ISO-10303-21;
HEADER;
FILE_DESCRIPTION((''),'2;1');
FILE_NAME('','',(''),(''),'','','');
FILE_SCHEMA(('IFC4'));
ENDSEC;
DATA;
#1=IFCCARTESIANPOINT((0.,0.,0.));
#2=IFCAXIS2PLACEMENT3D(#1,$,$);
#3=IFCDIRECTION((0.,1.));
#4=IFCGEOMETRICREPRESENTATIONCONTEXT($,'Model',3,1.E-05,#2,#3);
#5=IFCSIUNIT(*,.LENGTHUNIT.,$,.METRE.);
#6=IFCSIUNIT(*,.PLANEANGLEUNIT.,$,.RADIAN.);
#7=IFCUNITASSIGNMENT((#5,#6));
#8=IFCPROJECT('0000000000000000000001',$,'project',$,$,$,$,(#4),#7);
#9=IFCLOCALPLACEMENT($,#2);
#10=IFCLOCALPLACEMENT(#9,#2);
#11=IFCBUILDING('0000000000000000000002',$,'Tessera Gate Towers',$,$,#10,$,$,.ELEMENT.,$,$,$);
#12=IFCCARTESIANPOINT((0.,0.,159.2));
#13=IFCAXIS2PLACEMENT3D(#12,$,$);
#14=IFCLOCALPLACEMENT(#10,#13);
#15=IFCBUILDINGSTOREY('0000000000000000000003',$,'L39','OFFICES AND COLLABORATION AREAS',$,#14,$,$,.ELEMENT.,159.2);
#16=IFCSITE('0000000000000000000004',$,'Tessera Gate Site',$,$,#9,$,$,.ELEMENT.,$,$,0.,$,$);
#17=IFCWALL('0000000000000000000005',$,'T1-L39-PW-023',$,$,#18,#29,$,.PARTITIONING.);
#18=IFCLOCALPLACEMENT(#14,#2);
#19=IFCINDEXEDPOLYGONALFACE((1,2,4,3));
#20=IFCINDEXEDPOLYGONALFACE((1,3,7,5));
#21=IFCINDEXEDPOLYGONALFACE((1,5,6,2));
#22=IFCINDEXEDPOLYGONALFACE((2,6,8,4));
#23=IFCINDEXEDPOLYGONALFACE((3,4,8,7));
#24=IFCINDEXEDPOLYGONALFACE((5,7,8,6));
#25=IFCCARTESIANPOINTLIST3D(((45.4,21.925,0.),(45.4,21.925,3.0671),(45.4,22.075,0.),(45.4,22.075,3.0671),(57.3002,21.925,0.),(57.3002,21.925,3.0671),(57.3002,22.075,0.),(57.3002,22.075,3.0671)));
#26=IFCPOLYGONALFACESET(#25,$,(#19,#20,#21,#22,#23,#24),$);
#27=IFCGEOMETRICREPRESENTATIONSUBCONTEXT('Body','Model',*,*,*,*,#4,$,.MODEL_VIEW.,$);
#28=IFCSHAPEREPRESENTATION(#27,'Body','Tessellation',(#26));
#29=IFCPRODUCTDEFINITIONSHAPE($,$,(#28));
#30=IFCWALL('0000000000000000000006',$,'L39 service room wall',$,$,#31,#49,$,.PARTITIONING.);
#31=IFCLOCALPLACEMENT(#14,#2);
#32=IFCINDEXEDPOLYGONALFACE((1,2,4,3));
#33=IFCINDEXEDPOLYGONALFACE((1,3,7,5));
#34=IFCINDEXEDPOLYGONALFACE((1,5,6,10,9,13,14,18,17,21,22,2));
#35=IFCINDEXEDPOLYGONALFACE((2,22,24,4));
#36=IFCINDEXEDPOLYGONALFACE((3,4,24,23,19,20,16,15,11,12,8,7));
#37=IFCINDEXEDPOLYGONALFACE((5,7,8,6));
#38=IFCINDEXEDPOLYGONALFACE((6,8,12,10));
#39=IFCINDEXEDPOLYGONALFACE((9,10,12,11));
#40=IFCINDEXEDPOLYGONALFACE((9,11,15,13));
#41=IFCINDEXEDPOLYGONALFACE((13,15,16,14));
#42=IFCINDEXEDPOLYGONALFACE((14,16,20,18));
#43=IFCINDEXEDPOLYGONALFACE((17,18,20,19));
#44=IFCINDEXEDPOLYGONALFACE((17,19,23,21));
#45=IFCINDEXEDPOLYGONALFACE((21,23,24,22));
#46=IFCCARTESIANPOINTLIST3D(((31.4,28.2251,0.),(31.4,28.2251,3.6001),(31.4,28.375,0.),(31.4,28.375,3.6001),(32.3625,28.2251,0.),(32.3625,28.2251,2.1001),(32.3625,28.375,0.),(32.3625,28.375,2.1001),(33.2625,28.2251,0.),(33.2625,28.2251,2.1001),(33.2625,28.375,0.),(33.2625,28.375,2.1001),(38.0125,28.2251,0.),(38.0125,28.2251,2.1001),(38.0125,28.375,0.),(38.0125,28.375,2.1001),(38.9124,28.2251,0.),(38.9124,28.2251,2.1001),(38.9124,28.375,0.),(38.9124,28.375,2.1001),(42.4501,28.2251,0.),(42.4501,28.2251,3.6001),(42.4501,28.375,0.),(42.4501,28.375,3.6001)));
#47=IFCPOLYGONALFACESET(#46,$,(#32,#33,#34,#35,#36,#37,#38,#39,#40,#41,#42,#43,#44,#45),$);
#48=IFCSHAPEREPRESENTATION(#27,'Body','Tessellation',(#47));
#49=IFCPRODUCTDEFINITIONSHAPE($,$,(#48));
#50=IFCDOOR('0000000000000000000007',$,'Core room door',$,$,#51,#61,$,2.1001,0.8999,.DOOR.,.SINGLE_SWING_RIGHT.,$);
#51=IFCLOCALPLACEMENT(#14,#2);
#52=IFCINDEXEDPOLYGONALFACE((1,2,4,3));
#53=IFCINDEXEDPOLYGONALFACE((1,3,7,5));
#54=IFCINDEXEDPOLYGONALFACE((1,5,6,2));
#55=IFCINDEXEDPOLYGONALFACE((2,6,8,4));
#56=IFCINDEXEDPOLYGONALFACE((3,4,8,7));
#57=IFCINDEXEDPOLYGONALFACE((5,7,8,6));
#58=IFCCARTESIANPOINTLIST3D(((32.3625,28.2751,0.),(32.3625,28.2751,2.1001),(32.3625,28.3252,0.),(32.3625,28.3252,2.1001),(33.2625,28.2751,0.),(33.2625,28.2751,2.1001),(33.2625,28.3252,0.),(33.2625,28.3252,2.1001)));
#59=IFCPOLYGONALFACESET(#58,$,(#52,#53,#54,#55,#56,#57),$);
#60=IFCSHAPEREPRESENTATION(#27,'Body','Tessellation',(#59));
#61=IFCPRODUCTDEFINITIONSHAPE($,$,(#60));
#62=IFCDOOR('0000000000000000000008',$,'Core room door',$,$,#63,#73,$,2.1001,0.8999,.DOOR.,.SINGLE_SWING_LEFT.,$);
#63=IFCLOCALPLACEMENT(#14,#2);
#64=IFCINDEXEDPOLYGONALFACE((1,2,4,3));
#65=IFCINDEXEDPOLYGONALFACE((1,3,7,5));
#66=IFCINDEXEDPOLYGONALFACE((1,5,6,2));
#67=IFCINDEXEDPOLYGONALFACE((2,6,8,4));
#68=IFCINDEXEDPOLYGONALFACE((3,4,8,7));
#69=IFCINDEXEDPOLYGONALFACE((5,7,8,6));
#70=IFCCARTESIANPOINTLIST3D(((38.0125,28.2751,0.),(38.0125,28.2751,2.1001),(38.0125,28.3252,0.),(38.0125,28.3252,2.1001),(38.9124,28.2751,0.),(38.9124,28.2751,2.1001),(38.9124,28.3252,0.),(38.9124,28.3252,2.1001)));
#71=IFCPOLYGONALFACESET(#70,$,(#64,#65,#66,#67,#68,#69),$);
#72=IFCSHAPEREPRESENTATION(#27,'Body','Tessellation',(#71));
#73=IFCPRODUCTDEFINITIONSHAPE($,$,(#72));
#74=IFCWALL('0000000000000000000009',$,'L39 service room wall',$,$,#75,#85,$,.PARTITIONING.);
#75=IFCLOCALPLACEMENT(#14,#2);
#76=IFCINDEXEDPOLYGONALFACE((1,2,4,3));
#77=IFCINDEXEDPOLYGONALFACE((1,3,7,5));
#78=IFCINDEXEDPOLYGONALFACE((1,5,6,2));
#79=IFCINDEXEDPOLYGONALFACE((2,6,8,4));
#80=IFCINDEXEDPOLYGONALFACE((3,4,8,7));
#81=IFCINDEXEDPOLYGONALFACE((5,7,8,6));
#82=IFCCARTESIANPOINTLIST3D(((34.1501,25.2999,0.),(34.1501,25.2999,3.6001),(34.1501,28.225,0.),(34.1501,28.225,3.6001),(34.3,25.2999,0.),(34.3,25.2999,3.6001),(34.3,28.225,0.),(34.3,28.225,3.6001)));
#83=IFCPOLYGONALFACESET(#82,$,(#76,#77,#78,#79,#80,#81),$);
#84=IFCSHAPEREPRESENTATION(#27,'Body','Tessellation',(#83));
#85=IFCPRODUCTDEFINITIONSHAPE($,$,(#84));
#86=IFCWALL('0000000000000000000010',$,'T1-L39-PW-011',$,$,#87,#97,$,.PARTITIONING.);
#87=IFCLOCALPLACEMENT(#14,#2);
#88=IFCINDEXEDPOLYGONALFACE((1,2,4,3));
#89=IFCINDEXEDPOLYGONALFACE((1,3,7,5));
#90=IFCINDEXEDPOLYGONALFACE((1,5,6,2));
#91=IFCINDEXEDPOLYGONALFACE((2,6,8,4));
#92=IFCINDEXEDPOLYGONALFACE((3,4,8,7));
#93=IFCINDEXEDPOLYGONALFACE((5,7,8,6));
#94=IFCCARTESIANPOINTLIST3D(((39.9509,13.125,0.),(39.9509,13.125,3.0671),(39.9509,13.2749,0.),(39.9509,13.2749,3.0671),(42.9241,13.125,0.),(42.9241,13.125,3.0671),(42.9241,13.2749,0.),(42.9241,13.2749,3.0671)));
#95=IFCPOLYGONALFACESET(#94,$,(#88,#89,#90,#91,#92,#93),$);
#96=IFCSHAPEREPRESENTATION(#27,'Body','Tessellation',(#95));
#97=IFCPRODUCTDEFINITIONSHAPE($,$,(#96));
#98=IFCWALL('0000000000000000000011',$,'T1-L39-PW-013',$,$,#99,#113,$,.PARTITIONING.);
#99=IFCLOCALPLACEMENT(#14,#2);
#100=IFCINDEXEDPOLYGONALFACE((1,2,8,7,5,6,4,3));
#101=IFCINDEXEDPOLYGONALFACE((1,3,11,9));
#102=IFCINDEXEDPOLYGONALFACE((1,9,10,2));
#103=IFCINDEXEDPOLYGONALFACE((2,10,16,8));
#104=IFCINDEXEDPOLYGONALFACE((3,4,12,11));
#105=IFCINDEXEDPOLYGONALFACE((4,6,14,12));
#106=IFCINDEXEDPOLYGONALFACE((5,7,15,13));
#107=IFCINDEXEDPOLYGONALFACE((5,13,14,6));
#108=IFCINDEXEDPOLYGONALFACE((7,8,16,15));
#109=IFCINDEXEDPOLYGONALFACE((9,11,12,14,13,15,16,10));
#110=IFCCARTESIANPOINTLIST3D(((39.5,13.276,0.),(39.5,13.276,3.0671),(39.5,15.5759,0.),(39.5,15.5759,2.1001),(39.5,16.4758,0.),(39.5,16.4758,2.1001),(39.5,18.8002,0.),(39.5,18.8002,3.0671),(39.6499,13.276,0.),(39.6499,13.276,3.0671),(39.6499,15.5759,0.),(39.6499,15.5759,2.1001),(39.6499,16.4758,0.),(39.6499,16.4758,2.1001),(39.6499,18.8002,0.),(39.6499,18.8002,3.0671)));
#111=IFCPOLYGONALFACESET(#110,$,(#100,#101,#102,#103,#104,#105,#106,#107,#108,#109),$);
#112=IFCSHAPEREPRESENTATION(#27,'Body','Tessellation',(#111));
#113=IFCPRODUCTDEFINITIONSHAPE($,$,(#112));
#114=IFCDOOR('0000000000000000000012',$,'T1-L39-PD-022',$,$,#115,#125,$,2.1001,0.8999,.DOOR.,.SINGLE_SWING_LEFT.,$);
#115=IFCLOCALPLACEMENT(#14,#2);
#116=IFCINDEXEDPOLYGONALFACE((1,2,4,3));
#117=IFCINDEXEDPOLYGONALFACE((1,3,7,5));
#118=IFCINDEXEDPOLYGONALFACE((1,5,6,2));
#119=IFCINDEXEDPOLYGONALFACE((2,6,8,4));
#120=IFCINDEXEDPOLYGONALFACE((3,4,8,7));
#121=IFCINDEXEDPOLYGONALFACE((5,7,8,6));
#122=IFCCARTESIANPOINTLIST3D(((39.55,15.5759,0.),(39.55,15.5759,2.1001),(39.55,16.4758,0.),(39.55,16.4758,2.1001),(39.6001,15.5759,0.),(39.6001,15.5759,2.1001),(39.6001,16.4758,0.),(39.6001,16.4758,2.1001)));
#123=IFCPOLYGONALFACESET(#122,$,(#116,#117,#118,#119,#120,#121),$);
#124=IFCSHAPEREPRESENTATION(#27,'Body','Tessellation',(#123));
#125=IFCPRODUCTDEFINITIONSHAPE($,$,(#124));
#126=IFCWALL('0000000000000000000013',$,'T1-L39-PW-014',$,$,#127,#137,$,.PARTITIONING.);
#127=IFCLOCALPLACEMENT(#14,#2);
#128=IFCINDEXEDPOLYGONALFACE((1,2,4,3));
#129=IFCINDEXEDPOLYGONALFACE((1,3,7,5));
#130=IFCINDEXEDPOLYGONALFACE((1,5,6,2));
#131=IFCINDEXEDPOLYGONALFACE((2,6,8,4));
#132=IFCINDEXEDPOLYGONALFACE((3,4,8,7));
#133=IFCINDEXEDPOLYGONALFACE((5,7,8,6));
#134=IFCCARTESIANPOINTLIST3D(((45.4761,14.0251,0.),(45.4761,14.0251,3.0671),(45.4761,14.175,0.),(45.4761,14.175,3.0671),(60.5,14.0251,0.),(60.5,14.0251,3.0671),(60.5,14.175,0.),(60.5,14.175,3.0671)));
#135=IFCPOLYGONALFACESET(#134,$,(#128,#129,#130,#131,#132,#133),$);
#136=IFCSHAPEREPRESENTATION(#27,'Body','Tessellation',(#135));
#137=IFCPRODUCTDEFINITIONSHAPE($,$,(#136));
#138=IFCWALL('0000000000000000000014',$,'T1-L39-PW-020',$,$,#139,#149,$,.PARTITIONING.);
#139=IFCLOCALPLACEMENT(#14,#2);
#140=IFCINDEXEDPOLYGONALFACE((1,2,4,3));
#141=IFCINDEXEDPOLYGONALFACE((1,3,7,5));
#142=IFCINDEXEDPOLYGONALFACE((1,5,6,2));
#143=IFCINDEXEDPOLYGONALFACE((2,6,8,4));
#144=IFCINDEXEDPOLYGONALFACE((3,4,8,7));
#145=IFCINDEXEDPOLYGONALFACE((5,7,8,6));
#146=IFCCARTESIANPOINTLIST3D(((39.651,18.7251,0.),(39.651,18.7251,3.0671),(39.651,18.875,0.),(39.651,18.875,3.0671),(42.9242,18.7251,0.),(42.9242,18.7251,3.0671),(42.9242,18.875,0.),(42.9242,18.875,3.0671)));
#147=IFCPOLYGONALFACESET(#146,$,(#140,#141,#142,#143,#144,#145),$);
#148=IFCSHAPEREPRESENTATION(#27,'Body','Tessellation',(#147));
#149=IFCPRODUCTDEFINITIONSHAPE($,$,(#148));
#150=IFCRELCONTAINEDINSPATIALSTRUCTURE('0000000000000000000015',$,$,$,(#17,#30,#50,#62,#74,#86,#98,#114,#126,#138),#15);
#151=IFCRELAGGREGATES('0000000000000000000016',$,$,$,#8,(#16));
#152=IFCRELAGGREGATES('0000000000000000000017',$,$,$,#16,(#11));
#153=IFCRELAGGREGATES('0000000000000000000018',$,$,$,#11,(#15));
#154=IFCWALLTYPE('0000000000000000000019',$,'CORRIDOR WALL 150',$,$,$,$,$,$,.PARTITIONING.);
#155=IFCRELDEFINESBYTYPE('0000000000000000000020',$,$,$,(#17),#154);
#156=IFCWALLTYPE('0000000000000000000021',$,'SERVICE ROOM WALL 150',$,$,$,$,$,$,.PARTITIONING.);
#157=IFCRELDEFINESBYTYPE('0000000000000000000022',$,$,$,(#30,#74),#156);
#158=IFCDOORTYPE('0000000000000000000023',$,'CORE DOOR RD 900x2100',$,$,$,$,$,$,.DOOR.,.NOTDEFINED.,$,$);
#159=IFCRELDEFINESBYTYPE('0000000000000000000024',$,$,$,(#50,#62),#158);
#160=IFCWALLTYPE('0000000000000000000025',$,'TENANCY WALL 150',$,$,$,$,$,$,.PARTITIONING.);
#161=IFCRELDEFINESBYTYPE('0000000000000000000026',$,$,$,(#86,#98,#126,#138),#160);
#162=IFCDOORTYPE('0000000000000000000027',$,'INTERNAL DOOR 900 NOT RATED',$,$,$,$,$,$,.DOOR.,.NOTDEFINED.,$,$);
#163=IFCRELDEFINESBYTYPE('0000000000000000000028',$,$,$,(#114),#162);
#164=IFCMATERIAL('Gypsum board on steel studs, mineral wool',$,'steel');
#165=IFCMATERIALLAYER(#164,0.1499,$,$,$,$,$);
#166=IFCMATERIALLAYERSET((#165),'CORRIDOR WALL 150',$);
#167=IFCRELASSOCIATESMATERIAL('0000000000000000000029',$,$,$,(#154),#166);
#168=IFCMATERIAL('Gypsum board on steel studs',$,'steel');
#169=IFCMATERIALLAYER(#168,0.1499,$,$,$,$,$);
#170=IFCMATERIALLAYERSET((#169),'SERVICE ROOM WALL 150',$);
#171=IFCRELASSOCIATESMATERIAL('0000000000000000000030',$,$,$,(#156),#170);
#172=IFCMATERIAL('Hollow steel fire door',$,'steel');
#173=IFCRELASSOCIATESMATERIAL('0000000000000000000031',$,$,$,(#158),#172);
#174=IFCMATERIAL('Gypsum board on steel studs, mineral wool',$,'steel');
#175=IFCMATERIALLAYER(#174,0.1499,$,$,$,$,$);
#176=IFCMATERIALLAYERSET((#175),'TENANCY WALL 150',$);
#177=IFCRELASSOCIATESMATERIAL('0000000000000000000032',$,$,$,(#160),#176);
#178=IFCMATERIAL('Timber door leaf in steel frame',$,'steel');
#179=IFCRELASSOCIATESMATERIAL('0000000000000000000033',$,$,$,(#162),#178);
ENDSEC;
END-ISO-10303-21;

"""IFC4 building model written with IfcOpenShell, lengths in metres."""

from ifc_helpers import new_model, si_unit, direction, frame, frame_2d, origin, place, context, subcontext, project, spatial, rectangle, extrude, source, transform, mapped, material, layer, layer_set, type_object, element, fill, save


model = new_model("IFC4")

# Units and contexts
model_context = context("Model", 3, precision=1e-05, world=origin(), true_north=direction((0.0, 1.0)))
body_context = subcontext(model_context, "Body", "Model", "MODEL_VIEW")
ifc_project = project(units=[si_unit("LENGTHUNIT", "METRE"), si_unit("PLANEANGLEUNIT", "RADIAN")], contexts=[model_context])

# Site, building, storey
site_placement = place(None, origin())
site = spatial("IfcSite", under=ifc_project, at=site_placement, Name="Tessera Gate Site", CompositionType="ELEMENT", RefElevation=0.0)
building_placement = place(site_placement, origin())
building = spatial("IfcBuilding", under=site, at=building_placement, Name="Tessera Gate Towers", CompositionType="ELEMENT")
storey_placement = place(building_placement, frame((0.0, 0.0, 159.2)))
storey = spatial("IfcBuildingStorey", under=building, at=storey_placement, Name="L39", Description="OFFICES AND COLLABORATION AREAS", CompositionType="ELEMENT", Elevation=159.2)

# Shared definitions
ifc_material_1 = material(Name="Gypsum board on steel studs, mineral wool", Category="steel")
ifc_layer_1 = layer(ifc_material_1, 0.1499)
ifc_layer_set_1 = layer_set([ifc_layer_1], Name="CORRIDOR WALL 150")
wall_type_1 = type_object("IfcWallType", Name="CORRIDOR WALL 150", PredefinedType="PARTITIONING", material=ifc_layer_set_1)

# Wall
wall_1_placement = place(storey_placement, frame((45.3999, 22.0, 0.0), z_axis=(0.0, 0.0, 1.0), x_axis=(1.0, 0.0, 0.0)))
element("IfcWall", 1, at=wall_1_placement, inside=storey, type_object=wall_type_1, Name="T1-L39-PW-023", PredefinedType="PARTITIONING", context=body_context, shape_type="SweptSolid", body=[
    extrude(rectangle(XDim=11.9001, YDim=0.1499, at=frame_2d((5.9502, 0.0))), origin(), (0.0, 0.0, 1.0), 3.0671),
])

# Wall, openings, doors
ifc_material_2 = material(Name="Gypsum board on steel studs", Category="steel")
ifc_layer_2 = layer(ifc_material_2, 0.1499)
ifc_layer_set_2 = layer_set([ifc_layer_2], Name="SERVICE ROOM WALL 150")
wall_type_2 = type_object("IfcWallType", Name="SERVICE ROOM WALL 150", PredefinedType="PARTITIONING", material=ifc_layer_set_2)
wall_2_placement = place(storey_placement, frame((42.45, 28.3, 0.0), z_axis=(0.0, 0.0, 1.0), x_axis=(-1.0, 0.0, 0.0)))
wall_2 = element("IfcWall", 2, at=wall_2_placement, inside=storey, type_object=wall_type_2, Name="L39 service room wall", PredefinedType="PARTITIONING", context=body_context, shape_type="SweptSolid", body=[
    extrude(rectangle(XDim=11.05, YDim=0.1499, at=frame_2d((5.5249, 0.0))), origin(), (0.0, 0.0, 1.0), 3.6001),
])
shared_shape_1 = source(origin(), body_context, "Body", "SweptSolid", [
    extrude(rectangle(XDim=0.8999, YDim=2.1001, at=frame_2d((0.45, 1.05))), frame((0.0, 0.085, 0.0), z_axis=(0.0, -1.0, 0.0), x_axis=(1.0, 0.0, 0.0)), (0.0, 0.0, 1.0), 0.1699),
])
opening_1_placement = place(wall_2_placement, frame((9.1875, 0.0, 0.0)))
opening_1 = element("IfcOpeningElement", 3, at=opening_1_placement, cuts=wall_2, PredefinedType="OPENING", context=body_context, shape_type="MappedRepresentation", body=[
    mapped(shared_shape_1, transform((0.0, 0.0, 0.0), scale=1.0)),
])
opening_2_placement = place(wall_2_placement, frame((3.5376, 0.0, 0.0)))
opening_2 = element("IfcOpeningElement", 4, at=opening_2_placement, cuts=wall_2, PredefinedType="OPENING", context=body_context, shape_type="MappedRepresentation", body=[
    mapped(shared_shape_1, transform((0.0, 0.0, 0.0), scale=1.0)),
])
ifc_material_3 = material(Name="Hollow steel fire door", Category="steel")
door_type_1 = type_object("IfcDoorType", Name="CORE DOOR RD 900x2100", OperationType="NOTDEFINED", PredefinedType="DOOR", material=ifc_material_3)
shared_shape_2 = source(origin(), body_context, "Body", "SweptSolid", [
    extrude(rectangle(XDim=0.8999, YDim=2.1001, at=frame_2d((0.45, 1.05))), frame((0.0, 0.0249, 0.0), z_axis=(0.0, -1.0, 0.0), x_axis=(1.0, 0.0, 0.0)), (0.0, 0.0, 1.0), 0.05),
])
door_1_placement = place(opening_1_placement, origin())
door_1 = element("IfcDoor", 5, at=door_1_placement, inside=storey, type_object=door_type_1, Name="Core room door", OperationType="SINGLE_SWING_RIGHT", OverallHeight=2.1001, OverallWidth=0.8999, PredefinedType="DOOR", context=body_context, shape_type="MappedRepresentation", body=[
    mapped(shared_shape_2, transform((0.0, 0.0, 0.0), scale=1.0)),
])
fill(opening_1, door_1)
door_2_placement = place(opening_2_placement, origin())
door_2 = element("IfcDoor", 6, at=door_2_placement, inside=storey, type_object=door_type_1, Name="Core room door", OperationType="SINGLE_SWING_LEFT", OverallHeight=2.1001, OverallWidth=0.8999, PredefinedType="DOOR", context=body_context, shape_type="MappedRepresentation", body=[
    mapped(shared_shape_2, transform((0.0, 0.0, 0.0), scale=1.0)),
])
fill(opening_2, door_2)

# Walls
wall_3_placement = place(storey_placement, frame((34.2251, 25.3, 0.0), z_axis=(0.0, 0.0, 1.0), x_axis=(0.0, 1.0, 0.0)))
element("IfcWall", 7, at=wall_3_placement, inside=storey, type_object=wall_type_2, Name="L39 service room wall", PredefinedType="PARTITIONING", context=body_context, shape_type="SweptSolid", body=[
    extrude(rectangle(XDim=2.925, YDim=0.1499, at=frame_2d((1.4624, 0.0))), origin(), (0.0, 0.0, 1.0), 3.6001),
])
ifc_material_4 = material(Name="Gypsum board on steel studs, mineral wool", Category="steel")
ifc_layer_3 = layer(ifc_material_4, 0.1499)
ifc_layer_set_3 = layer_set([ifc_layer_3], Name="TENANCY WALL 150")
wall_type_3 = type_object("IfcWallType", Name="TENANCY WALL 150", PredefinedType="PARTITIONING", material=ifc_layer_set_3)
wall_4_placement = place(storey_placement, frame((39.9509, 13.2, 0.0), z_axis=(0.0, 0.0, 1.0), x_axis=(1.0, 0.0, 0.0)))
element("IfcWall", 8, at=wall_4_placement, inside=storey, type_object=wall_type_3, Name="T1-L39-PW-011", PredefinedType="PARTITIONING", context=body_context, shape_type="SweptSolid", body=[
    extrude(rectangle(XDim=2.9731, YDim=0.1499, at=frame_2d((1.4866, 0.0))), origin(), (0.0, 0.0, 1.0), 3.0671),
])

# Wall, opening, door
wall_5_placement = place(storey_placement, frame((39.575, 13.2759, 0.0), z_axis=(0.0, 0.0, 1.0), x_axis=(0.0, 1.0, 0.0)))
wall_5 = element("IfcWall", 9, at=wall_5_placement, inside=storey, type_object=wall_type_3, Name="T1-L39-PW-013", PredefinedType="PARTITIONING", context=body_context, shape_type="SweptSolid", body=[
    extrude(rectangle(XDim=5.5242, YDim=0.1499, at=frame_2d((2.7622, 0.0))), origin(), (0.0, 0.0, 1.0), 3.0671),
])
opening_3_placement = place(wall_5_placement, frame((2.3, 0.0, 0.0)))
opening_3 = element("IfcOpeningElement", 10, at=opening_3_placement, cuts=wall_5, PredefinedType="OPENING", context=body_context, shape_type="MappedRepresentation", body=[
    mapped(shared_shape_1, transform((0.0, 0.0, 0.0), scale=1.0)),
])
ifc_material_5 = material(Name="Timber door leaf in steel frame", Category="steel")
door_type_2 = type_object("IfcDoorType", Name="INTERNAL DOOR 900 NOT RATED", OperationType="NOTDEFINED", PredefinedType="DOOR", material=ifc_material_5)
door_3_placement = place(opening_3_placement, origin())
door_3 = element("IfcDoor", 11, at=door_3_placement, inside=storey, type_object=door_type_2, Name="T1-L39-PD-022", OperationType="SINGLE_SWING_LEFT", OverallHeight=2.1001, OverallWidth=0.8999, PredefinedType="DOOR", context=body_context, shape_type="MappedRepresentation", body=[
    mapped(shared_shape_2, transform((0.0, 0.0, 0.0), scale=1.0)),
])
fill(opening_3, door_3)

# Walls
wall_6_placement = place(storey_placement, frame((45.4761, 14.1001, 0.0), z_axis=(0.0, 0.0, 1.0), x_axis=(1.0, 0.0, 0.0)))
element("IfcWall", 12, at=wall_6_placement, inside=storey, type_object=wall_type_3, Name="T1-L39-PW-014", PredefinedType="PARTITIONING", context=body_context, shape_type="SweptSolid", body=[
    extrude(rectangle(XDim=15.0239, YDim=0.1499, at=frame_2d((7.512, 0.0))), origin(), (0.0, 0.0, 1.0), 3.0671),
])
wall_7_placement = place(storey_placement, frame((39.6509, 18.8, 0.0), z_axis=(0.0, 0.0, 1.0), x_axis=(1.0, 0.0, 0.0)))
element("IfcWall", 13, at=wall_7_placement, inside=storey, type_object=wall_type_3, Name="T1-L39-PW-020", PredefinedType="PARTITIONING", context=body_context, shape_type="SweptSolid", body=[
    extrude(rectangle(XDim=3.2732, YDim=0.1499, at=frame_2d((1.6367, 0.0))), origin(), (0.0, 0.0, 1.0), 3.0671),
])

save(model, "model.ifc")
